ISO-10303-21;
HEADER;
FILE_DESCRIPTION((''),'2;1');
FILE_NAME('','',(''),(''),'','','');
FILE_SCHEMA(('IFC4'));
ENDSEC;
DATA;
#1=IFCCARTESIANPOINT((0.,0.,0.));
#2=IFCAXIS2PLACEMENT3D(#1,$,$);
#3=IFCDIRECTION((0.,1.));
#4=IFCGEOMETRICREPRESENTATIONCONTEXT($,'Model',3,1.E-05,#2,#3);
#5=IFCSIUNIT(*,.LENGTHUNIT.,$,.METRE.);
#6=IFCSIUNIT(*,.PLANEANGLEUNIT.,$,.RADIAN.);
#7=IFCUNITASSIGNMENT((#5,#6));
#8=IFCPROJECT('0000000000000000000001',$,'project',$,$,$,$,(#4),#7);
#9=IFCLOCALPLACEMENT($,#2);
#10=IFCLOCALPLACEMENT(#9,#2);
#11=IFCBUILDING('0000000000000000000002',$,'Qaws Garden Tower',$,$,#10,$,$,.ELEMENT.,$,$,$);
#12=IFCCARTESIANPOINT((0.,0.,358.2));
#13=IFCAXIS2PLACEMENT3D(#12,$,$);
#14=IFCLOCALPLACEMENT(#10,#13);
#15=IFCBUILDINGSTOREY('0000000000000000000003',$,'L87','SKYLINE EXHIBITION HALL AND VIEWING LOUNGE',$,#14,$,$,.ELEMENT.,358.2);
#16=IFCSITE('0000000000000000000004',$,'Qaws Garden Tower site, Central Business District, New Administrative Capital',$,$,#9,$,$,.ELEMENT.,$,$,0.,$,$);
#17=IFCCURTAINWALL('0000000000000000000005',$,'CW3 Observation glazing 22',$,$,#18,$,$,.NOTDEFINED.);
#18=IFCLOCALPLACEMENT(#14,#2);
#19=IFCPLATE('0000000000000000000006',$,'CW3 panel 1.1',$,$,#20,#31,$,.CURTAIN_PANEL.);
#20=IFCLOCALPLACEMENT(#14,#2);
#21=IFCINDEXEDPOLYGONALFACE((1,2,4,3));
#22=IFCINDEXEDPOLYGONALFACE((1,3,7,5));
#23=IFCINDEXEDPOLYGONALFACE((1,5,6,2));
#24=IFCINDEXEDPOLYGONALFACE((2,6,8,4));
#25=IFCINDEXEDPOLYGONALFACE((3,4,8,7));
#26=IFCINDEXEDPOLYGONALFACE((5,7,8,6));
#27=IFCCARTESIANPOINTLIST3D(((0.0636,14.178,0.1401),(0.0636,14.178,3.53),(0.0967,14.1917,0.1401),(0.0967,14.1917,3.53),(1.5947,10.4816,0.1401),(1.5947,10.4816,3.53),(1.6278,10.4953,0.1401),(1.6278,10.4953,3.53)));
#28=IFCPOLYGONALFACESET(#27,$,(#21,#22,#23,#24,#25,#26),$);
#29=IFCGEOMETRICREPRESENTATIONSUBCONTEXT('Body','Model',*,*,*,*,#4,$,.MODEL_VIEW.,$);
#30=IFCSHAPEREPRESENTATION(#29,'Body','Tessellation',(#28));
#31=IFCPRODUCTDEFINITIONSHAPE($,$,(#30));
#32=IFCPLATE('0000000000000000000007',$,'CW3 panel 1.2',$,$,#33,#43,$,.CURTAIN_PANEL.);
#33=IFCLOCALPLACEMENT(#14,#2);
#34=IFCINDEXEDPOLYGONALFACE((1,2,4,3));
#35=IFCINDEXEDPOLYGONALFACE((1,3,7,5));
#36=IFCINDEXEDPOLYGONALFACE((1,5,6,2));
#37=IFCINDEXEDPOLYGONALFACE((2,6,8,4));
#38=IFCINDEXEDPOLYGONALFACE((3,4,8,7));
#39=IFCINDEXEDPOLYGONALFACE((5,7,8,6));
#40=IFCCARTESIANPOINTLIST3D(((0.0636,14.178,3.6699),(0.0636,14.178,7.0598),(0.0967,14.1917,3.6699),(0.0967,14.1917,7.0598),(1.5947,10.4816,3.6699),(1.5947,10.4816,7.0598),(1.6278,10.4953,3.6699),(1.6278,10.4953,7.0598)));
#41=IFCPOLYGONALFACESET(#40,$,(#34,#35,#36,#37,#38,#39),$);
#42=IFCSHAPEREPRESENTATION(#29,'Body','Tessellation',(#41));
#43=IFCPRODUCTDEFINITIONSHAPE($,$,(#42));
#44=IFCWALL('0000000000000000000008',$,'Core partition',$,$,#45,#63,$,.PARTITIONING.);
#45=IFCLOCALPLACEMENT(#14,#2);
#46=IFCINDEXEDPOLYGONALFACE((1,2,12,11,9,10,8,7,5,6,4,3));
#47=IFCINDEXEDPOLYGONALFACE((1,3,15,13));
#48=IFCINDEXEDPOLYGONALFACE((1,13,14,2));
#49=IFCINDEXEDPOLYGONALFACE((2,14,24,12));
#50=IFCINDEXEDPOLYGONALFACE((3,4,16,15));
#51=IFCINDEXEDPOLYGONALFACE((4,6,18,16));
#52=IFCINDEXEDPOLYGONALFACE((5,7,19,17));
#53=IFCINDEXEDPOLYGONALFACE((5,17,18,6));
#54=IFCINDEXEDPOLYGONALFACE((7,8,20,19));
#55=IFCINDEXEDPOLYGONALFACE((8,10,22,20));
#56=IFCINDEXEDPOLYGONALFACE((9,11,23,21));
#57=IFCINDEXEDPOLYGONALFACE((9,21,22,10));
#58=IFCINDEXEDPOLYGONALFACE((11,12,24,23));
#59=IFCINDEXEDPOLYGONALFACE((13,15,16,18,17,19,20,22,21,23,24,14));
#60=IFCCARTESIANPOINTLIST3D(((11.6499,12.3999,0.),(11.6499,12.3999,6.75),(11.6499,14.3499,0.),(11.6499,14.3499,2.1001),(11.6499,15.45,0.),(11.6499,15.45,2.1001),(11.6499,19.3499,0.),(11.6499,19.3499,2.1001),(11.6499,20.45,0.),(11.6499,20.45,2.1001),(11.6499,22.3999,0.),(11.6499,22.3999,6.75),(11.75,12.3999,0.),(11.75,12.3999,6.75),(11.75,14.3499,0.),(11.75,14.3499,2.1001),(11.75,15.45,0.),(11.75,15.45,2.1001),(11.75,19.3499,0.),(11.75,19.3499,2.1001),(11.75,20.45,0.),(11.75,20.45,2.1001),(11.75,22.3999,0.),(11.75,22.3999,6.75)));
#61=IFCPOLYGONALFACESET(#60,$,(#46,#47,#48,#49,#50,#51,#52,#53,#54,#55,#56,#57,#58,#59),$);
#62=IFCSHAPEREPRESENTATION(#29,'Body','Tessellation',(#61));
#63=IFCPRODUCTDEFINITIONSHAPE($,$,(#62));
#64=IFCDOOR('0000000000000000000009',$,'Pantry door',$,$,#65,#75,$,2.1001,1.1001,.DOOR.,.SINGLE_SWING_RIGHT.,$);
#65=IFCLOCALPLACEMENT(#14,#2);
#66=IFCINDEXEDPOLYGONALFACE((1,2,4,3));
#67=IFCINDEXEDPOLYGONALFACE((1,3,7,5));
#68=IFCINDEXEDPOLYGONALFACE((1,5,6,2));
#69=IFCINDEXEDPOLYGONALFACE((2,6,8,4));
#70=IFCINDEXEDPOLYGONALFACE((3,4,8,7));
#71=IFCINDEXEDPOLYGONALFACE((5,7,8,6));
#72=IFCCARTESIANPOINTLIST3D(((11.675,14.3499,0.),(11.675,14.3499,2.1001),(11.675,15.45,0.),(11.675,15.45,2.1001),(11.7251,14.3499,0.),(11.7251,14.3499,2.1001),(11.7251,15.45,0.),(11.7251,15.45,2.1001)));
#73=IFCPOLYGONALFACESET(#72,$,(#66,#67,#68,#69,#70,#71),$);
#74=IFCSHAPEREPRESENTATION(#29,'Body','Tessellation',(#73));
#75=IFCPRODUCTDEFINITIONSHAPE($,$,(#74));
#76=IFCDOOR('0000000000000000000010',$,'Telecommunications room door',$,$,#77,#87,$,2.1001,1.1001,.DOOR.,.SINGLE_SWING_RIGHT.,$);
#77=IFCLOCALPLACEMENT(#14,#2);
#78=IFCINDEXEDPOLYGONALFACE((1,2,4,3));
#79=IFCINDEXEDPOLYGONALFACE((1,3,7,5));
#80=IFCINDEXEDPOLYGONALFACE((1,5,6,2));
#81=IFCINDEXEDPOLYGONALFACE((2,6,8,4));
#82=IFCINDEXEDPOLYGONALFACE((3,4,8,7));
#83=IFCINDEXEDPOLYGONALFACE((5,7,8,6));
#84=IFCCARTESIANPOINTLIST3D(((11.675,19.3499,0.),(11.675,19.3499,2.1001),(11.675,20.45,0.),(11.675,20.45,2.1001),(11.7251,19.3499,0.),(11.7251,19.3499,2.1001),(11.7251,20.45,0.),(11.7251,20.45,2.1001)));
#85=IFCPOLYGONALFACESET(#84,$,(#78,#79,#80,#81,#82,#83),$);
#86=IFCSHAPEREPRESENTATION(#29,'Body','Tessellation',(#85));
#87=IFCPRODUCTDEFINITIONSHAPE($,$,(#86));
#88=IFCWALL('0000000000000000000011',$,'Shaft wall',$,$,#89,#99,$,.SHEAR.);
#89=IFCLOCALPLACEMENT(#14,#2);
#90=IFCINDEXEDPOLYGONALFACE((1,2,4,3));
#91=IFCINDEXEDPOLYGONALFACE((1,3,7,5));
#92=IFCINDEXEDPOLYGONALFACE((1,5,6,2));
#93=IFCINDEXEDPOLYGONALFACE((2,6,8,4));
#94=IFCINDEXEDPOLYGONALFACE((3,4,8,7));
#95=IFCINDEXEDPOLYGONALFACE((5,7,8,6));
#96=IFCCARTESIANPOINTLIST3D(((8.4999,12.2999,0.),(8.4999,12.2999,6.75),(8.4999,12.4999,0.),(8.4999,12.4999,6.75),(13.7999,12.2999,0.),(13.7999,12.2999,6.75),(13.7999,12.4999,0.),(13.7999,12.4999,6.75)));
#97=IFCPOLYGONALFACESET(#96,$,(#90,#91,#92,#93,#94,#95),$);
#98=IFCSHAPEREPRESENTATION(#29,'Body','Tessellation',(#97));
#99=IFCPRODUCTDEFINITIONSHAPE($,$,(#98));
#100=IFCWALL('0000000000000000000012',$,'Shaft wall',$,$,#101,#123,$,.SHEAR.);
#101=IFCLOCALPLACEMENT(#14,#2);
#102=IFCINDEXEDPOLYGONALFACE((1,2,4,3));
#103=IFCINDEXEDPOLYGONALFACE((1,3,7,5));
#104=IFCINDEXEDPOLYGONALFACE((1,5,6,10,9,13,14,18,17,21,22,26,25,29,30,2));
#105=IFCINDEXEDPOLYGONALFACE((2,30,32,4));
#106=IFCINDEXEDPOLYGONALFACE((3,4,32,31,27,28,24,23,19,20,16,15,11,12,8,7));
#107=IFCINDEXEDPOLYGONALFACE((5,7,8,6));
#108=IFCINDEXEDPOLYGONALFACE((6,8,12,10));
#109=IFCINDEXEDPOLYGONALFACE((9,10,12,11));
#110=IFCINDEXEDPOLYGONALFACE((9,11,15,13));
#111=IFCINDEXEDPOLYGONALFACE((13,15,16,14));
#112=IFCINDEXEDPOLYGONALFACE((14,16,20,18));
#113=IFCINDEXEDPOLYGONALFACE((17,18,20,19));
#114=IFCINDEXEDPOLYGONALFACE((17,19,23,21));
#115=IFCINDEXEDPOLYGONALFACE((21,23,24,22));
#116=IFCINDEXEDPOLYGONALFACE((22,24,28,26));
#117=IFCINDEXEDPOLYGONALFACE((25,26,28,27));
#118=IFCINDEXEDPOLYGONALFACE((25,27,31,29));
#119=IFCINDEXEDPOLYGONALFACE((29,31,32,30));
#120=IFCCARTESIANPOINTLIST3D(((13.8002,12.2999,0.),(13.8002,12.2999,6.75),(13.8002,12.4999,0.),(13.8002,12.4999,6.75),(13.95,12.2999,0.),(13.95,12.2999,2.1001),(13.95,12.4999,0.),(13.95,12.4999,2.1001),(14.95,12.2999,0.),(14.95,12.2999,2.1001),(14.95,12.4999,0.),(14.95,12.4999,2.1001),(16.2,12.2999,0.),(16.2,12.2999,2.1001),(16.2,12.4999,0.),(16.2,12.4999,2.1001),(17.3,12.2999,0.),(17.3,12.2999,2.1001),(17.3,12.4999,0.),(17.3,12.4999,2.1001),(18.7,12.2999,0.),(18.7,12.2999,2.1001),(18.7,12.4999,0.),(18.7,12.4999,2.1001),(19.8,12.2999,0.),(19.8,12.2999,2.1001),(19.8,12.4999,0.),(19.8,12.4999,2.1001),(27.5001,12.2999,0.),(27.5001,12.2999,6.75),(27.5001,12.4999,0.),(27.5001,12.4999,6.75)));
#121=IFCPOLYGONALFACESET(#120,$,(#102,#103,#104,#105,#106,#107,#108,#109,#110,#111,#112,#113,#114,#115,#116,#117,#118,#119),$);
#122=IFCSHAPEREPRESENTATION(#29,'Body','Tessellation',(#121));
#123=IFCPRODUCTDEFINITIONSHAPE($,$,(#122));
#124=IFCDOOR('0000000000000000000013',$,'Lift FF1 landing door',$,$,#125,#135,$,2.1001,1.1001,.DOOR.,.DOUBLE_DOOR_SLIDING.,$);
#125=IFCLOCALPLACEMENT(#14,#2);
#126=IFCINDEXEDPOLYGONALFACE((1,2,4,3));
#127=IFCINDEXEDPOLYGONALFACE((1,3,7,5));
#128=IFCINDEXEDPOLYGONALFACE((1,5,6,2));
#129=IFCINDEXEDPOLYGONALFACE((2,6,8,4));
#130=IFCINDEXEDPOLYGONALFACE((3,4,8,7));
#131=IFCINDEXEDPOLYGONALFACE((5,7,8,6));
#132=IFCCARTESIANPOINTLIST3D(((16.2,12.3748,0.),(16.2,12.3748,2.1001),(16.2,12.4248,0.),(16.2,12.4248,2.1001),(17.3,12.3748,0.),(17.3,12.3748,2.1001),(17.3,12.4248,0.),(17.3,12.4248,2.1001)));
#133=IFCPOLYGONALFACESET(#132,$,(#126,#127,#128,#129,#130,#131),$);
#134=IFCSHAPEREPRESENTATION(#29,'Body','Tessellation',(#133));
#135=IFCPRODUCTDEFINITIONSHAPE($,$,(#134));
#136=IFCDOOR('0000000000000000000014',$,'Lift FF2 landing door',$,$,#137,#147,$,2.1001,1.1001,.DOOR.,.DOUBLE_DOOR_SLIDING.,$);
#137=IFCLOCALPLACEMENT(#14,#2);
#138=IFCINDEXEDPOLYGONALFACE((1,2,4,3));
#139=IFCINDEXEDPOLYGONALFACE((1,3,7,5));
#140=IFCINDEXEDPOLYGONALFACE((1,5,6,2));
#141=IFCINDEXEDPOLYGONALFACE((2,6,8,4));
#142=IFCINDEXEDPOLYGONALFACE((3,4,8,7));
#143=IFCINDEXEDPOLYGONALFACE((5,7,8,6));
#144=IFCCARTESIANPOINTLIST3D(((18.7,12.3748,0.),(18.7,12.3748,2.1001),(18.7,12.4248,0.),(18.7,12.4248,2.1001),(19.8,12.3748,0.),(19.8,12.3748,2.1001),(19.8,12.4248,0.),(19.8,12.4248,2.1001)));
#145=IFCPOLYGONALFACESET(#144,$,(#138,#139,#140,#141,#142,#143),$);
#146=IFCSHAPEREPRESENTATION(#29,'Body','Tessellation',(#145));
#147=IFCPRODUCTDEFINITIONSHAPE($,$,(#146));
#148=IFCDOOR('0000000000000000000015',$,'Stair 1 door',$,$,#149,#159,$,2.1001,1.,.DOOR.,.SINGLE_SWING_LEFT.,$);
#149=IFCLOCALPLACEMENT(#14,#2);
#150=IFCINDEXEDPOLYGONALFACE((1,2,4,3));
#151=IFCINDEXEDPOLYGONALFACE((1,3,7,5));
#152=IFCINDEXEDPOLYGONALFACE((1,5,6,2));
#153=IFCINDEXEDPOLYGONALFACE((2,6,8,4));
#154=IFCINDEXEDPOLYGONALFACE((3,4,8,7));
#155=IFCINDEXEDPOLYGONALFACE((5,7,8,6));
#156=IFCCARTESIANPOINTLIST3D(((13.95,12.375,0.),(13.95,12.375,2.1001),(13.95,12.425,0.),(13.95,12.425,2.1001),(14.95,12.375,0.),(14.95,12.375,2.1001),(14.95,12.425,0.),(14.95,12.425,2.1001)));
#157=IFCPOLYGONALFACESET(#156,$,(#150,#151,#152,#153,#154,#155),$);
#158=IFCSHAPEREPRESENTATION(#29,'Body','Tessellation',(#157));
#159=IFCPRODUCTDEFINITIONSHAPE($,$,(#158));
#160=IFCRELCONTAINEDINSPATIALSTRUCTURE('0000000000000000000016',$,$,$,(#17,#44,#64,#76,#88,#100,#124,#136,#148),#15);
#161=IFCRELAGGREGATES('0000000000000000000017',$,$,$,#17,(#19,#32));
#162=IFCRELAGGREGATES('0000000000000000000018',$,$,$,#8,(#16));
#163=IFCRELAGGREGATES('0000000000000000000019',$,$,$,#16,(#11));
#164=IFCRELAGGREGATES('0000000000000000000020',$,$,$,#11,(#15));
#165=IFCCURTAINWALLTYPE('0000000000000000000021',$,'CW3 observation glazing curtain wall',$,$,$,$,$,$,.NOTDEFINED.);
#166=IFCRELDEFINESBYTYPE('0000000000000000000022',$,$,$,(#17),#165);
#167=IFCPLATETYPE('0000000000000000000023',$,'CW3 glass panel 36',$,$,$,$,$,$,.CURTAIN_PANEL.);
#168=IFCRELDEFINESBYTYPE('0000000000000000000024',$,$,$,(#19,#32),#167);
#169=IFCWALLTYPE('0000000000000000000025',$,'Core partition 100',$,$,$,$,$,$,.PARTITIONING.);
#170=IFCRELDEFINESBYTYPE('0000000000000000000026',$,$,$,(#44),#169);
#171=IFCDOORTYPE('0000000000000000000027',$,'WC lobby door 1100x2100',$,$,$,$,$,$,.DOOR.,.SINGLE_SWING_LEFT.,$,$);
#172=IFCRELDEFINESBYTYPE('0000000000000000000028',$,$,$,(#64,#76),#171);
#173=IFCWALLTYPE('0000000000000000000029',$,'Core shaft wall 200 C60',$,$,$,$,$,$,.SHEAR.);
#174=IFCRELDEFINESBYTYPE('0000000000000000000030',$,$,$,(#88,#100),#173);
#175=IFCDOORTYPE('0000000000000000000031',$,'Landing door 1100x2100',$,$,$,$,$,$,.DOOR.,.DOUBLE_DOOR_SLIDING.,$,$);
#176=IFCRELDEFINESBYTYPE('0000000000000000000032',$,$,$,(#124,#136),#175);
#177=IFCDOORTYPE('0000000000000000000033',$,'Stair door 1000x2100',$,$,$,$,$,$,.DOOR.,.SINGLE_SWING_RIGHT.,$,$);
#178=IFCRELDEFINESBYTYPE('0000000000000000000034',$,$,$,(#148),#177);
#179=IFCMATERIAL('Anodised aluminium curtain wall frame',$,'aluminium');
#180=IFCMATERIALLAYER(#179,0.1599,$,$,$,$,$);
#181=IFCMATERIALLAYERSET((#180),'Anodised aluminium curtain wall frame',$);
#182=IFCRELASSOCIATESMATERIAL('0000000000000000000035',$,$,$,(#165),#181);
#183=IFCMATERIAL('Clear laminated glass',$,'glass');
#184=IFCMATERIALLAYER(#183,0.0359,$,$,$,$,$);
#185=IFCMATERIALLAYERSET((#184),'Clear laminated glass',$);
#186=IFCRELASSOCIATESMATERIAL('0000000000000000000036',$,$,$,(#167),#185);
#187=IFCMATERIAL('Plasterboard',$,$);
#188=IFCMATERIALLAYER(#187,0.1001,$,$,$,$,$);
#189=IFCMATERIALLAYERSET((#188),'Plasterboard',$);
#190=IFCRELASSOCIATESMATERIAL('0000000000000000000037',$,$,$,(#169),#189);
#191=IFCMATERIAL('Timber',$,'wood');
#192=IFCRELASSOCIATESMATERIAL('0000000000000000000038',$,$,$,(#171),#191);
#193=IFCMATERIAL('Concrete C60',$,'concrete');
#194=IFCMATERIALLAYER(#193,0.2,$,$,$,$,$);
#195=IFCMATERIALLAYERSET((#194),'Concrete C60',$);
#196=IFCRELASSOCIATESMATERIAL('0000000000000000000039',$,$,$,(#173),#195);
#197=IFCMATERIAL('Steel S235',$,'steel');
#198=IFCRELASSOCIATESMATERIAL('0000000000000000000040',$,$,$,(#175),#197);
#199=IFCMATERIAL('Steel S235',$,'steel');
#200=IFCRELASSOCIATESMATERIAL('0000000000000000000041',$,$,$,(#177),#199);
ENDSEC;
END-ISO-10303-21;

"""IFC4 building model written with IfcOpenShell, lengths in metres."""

from ifc_helpers import new_model, si_unit, direction, frame, frame_2d, origin, origin_2d, place, context, subcontext, project, spatial, rectangle, extrude, material, layer, layer_set, type_object, element, fill, aggregate, save


model = new_model("IFC4")

# Units and contexts
model_context = context("Model", 3, precision=1e-05, world=origin(), true_north=direction((0.0, 1.0)))
body_context = subcontext(model_context, "Body", "Model", "MODEL_VIEW")
ifc_project = project(units=[si_unit("LENGTHUNIT", "METRE"), si_unit("PLANEANGLEUNIT", "RADIAN")], contexts=[model_context])

# Site, building, storey
site_placement = place(None, origin())
site = spatial("IfcSite", under=ifc_project, at=site_placement, Name="Qaws Garden Tower site, Central Business District, New Administrative Capital", CompositionType="ELEMENT", RefElevation=0.0)
building_placement = place(site_placement, origin())
building = spatial("IfcBuilding", under=site, at=building_placement, Name="Qaws Garden Tower", CompositionType="ELEMENT")
storey_placement = place(building_placement, frame((0.0, 0.0, 358.2)))
storey = spatial("IfcBuildingStorey", under=building, at=storey_placement, Name="L87", Description="SKYLINE EXHIBITION HALL AND VIEWING LOUNGE", CompositionType="ELEMENT", Elevation=358.2)

# Curtain wall
ifc_material_1 = material(Name="Anodised aluminium curtain wall frame", Category="aluminium")
ifc_layer_1 = layer(ifc_material_1, 0.1599)
ifc_layer_set_1 = layer_set([ifc_layer_1], Name="Anodised aluminium curtain wall frame")
curtain_wall_type = type_object("IfcCurtainWallType", Name="CW3 observation glazing curtain wall", PredefinedType="NOTDEFINED", material=ifc_layer_set_1)
placement = place(storey_placement, origin())
curtain_wall_1 = element("IfcCurtainWall", 1, at=placement, inside=storey, type_object=curtain_wall_type, Name="CW3 Observation glazing 22", PredefinedType="NOTDEFINED")

# Plates
ifc_material_2 = material(Name="Clear laminated glass", Category="glass")
ifc_layer_2 = layer(ifc_material_2, 0.0359)
ifc_layer_set_2 = layer_set([ifc_layer_2], Name="Clear laminated glass")
plate_type = type_object("IfcPlateType", Name="CW3 glass panel 36", PredefinedType="CURTAIN_PANEL", material=ifc_layer_set_2)
plate_1_placement = place(storey_placement, frame((0.8457, 12.3367, 0.1401), z_axis=(0.0, 0.0, 1.0), x_axis=(0.382683, -0.92388, 0.0)))
plate_1 = element("IfcPlate", 2, at=plate_1_placement, type_object=plate_type, Name="CW3 panel 1.1", PredefinedType="CURTAIN_PANEL", context=body_context, shape_type="SweptSolid", body=[
    extrude(rectangle(XDim=4.001, YDim=0.0359, at=origin_2d()), origin(), (0.0, 0.0, 1.0), 3.3899),
])
plate_2_placement = place(storey_placement, frame((0.8457, 12.3367, 3.6699), z_axis=(0.0, 0.0, 1.0), x_axis=(0.382683, -0.92388, 0.0)))
plate_2 = element("IfcPlate", 3, at=plate_2_placement, type_object=plate_type, Name="CW3 panel 1.2", PredefinedType="CURTAIN_PANEL", context=body_context, shape_type="SweptSolid", body=[
    extrude(rectangle(XDim=4.001, YDim=0.0359, at=origin_2d()), origin(), (0.0, 0.0, 1.0), 3.3899),
])
aggregate(curtain_wall_1, [plate_1, plate_2])

# Wall, openings, doors
ifc_material_3 = material(Name="Plasterboard")
ifc_layer_3 = layer(ifc_material_3, 0.1001)
ifc_layer_set_3 = layer_set([ifc_layer_3], Name="Plasterboard")
wall_type_1 = type_object("IfcWallType", Name="Core partition 100", PredefinedType="PARTITIONING", material=ifc_layer_set_3)
wall_1_placement = place(storey_placement, frame((11.7, 12.3999, 0.0), z_axis=(0.0, 0.0, 1.0), x_axis=(0.0, 1.0, 0.0)))
wall_1 = element("IfcWall", 4, at=wall_1_placement, inside=storey, type_object=wall_type_1, Name="Core partition", PredefinedType="PARTITIONING", context=body_context, shape_type="SweptSolid", body=[
    extrude(rectangle(XDim=10.0, YDim=0.1001, at=frame_2d((5.0, 0.0))), origin(), (0.0, 0.0, 1.0), 6.75),
])
opening_1_placement = place(wall_1_placement, frame((1.95, 0.0, 0.0)))
opening_1 = element("IfcOpeningElement", 5, at=opening_1_placement, cuts=wall_1, PredefinedType="OPENING", context=body_context, shape_type="SweptSolid", body=[
    extrude(rectangle(XDim=1.1001, YDim=2.1001, at=frame_2d((0.55, 1.05))), frame((0.0, 0.0601, 0.0), z_axis=(0.0, -1.0, 0.0), x_axis=(1.0, 0.0, 0.0)), (0.0, 0.0, 1.0), 0.1201),
])
opening_2_placement = place(wall_1_placement, frame((6.95, 0.0, 0.0)))
opening_2 = element("IfcOpeningElement", 6, at=opening_2_placement, cuts=wall_1, PredefinedType="OPENING", context=body_context, shape_type="SweptSolid", body=[
    extrude(rectangle(XDim=1.1001, YDim=2.1001, at=frame_2d((0.55, 1.05))), frame((0.0, 0.0601, 0.0), z_axis=(0.0, -1.0, 0.0), x_axis=(1.0, 0.0, 0.0)), (0.0, 0.0, 1.0), 0.1201),
])
ifc_material_4 = material(Name="Timber", Category="wood")
door_type_1 = type_object("IfcDoorType", Name="WC lobby door 1100x2100", OperationType="SINGLE_SWING_LEFT", PredefinedType="DOOR", material=ifc_material_4)
door_1_placement = place(opening_1_placement, origin())
door_1 = element("IfcDoor", 7, at=door_1_placement, inside=storey, type_object=door_type_1, Name="Pantry door", OperationType="SINGLE_SWING_RIGHT", OverallHeight=2.1001, OverallWidth=1.1001, PredefinedType="DOOR", context=body_context, shape_type="SweptSolid", body=[
    extrude(rectangle(XDim=1.1001, YDim=2.1001, at=frame_2d((0.55, 1.05))), frame((0.0, 0.0249, 0.0), z_axis=(0.0, -1.0, 0.0), x_axis=(1.0, 0.0, 0.0)), (0.0, 0.0, 1.0), 0.05),
])
fill(opening_1, door_1)
door_2_placement = place(opening_2_placement, origin())
door_2 = element("IfcDoor", 8, at=door_2_placement, inside=storey, type_object=door_type_1, Name="Telecommunications room door", OperationType="SINGLE_SWING_RIGHT", OverallHeight=2.1001, OverallWidth=1.1001, PredefinedType="DOOR", context=body_context, shape_type="SweptSolid", body=[
    extrude(rectangle(XDim=1.1001, YDim=2.1001, at=frame_2d((0.55, 1.05))), frame((0.0, 0.0249, 0.0), z_axis=(0.0, -1.0, 0.0), x_axis=(1.0, 0.0, 0.0)), (0.0, 0.0, 1.0), 0.05),
])
fill(opening_2, door_2)

# Wall
ifc_material_5 = material(Name="Concrete C60", Category="concrete")
ifc_layer_4 = layer(ifc_material_5, 0.2)
ifc_layer_set_4 = layer_set([ifc_layer_4], Name="Concrete C60")
wall_type_2 = type_object("IfcWallType", Name="Core shaft wall 200 C60", PredefinedType="SHEAR", material=ifc_layer_set_4)
wall_2_placement = place(storey_placement, frame((8.5, 12.3999, 0.0), z_axis=(0.0, 0.0, 1.0), x_axis=(1.0, 0.0, 0.0)))
element("IfcWall", 9, at=wall_2_placement, inside=storey, type_object=wall_type_2, Name="Shaft wall", PredefinedType="SHEAR", context=body_context, shape_type="SweptSolid", body=[
    extrude(rectangle(XDim=5.3, YDim=0.2, at=frame_2d((2.6499, 0.0))), origin(), (0.0, 0.0, 1.0), 6.75),
])

# Wall, openings, doors
wall_3_placement = place(storey_placement, frame((13.8, 12.3999, 0.0), z_axis=(0.0, 0.0, 1.0), x_axis=(1.0, 0.0, 0.0)))
wall_3 = element("IfcWall", 10, at=wall_3_placement, inside=storey, type_object=wall_type_2, Name="Shaft wall", PredefinedType="SHEAR", context=body_context, shape_type="SweptSolid", body=[
    extrude(rectangle(XDim=13.7, YDim=0.2, at=frame_2d((6.8501, 0.0))), origin(), (0.0, 0.0, 1.0), 6.75),
])
opening_3_placement = place(wall_3_placement, frame((2.3999, 0.0, 0.0)))
opening_3 = element("IfcOpeningElement", 11, at=opening_3_placement, cuts=wall_3, PredefinedType="OPENING", context=body_context, shape_type="SweptSolid", body=[
    extrude(rectangle(XDim=1.1001, YDim=2.1001, at=frame_2d((0.55, 1.05))), frame((0.0, 0.1099, 0.0), z_axis=(0.0, -1.0, 0.0), x_axis=(1.0, 0.0, 0.0)), (0.0, 0.0, 1.0), 0.22),
])
opening_4_placement = place(wall_3_placement, frame((4.8999, 0.0, 0.0)))
opening_4 = element("IfcOpeningElement", 12, at=opening_4_placement, cuts=wall_3, PredefinedType="OPENING", context=body_context, shape_type="SweptSolid", body=[
    extrude(rectangle(XDim=1.1001, YDim=2.1001, at=frame_2d((0.55, 1.05))), frame((0.0, 0.1099, 0.0), z_axis=(0.0, -1.0, 0.0), x_axis=(1.0, 0.0, 0.0)), (0.0, 0.0, 1.0), 0.22),
])
opening_5_placement = place(wall_3_placement, frame((0.1499, 0.0, 0.0)))
opening_5 = element("IfcOpeningElement", 13, at=opening_5_placement, cuts=wall_3, PredefinedType="OPENING", context=body_context, shape_type="SweptSolid", body=[
    extrude(rectangle(XDim=1.0, YDim=2.1001, at=frame_2d((0.5, 1.05))), frame((0.0, 0.1099, 0.0), z_axis=(0.0, -1.0, 0.0), x_axis=(1.0, 0.0, 0.0)), (0.0, 0.0, 1.0), 0.22),
])
ifc_material_6 = material(Name="Steel S235", Category="steel")
door_type_2 = type_object("IfcDoorType", Name="Landing door 1100x2100", OperationType="DOUBLE_DOOR_SLIDING", PredefinedType="DOOR", material=ifc_material_6)
door_3_placement = place(opening_3_placement, origin())
door_3 = element("IfcDoor", 14, at=door_3_placement, inside=storey, type_object=door_type_2, Name="Lift FF1 landing door", OperationType="DOUBLE_DOOR_SLIDING", OverallHeight=2.1001, OverallWidth=1.1001, PredefinedType="DOOR", context=body_context, shape_type="SweptSolid", body=[
    extrude(rectangle(XDim=1.1001, YDim=2.1001, at=frame_2d((0.55, 1.05))), frame((0.0, 0.0249, 0.0), z_axis=(0.0, -1.0, 0.0), x_axis=(1.0, 0.0, 0.0)), (0.0, 0.0, 1.0), 0.05),
])
fill(opening_3, door_3)
door_4_placement = place(opening_4_placement, origin())
door_4 = element("IfcDoor", 15, at=door_4_placement, inside=storey, type_object=door_type_2, Name="Lift FF2 landing door", OperationType="DOUBLE_DOOR_SLIDING", OverallHeight=2.1001, OverallWidth=1.1001, PredefinedType="DOOR", context=body_context, shape_type="SweptSolid", body=[
    extrude(rectangle(XDim=1.1001, YDim=2.1001, at=frame_2d((0.55, 1.05))), frame((0.0, 0.0249, 0.0), z_axis=(0.0, -1.0, 0.0), x_axis=(1.0, 0.0, 0.0)), (0.0, 0.0, 1.0), 0.05),
])
fill(opening_4, door_4)
ifc_material_7 = material(Name="Steel S235", Category="steel")
door_type_3 = type_object("IfcDoorType", Name="Stair door 1000x2100", OperationType="SINGLE_SWING_RIGHT", PredefinedType="DOOR", material=ifc_material_7)
door_5_placement = place(opening_5_placement, frame((1.0, 0.0, 0.0), z_axis=(0.0, 0.0, 1.0), x_axis=(-1.0, 0.0, 0.0)))
door_5 = element("IfcDoor", 16, at=door_5_placement, inside=storey, type_object=door_type_3, Name="Stair 1 door", OperationType="SINGLE_SWING_LEFT", OverallHeight=2.1001, OverallWidth=1.0, PredefinedType="DOOR", context=body_context, shape_type="SweptSolid", body=[
    extrude(rectangle(XDim=1.0, YDim=2.1001, at=frame_2d((0.5, 1.05))), frame((0.0, 0.0249, 0.0), z_axis=(0.0, -1.0, 0.0), x_axis=(1.0, 0.0, 0.0)), (0.0, 0.0, 1.0), 0.05),
])
fill(opening_5, door_5)

save(model, "model.ifc")
